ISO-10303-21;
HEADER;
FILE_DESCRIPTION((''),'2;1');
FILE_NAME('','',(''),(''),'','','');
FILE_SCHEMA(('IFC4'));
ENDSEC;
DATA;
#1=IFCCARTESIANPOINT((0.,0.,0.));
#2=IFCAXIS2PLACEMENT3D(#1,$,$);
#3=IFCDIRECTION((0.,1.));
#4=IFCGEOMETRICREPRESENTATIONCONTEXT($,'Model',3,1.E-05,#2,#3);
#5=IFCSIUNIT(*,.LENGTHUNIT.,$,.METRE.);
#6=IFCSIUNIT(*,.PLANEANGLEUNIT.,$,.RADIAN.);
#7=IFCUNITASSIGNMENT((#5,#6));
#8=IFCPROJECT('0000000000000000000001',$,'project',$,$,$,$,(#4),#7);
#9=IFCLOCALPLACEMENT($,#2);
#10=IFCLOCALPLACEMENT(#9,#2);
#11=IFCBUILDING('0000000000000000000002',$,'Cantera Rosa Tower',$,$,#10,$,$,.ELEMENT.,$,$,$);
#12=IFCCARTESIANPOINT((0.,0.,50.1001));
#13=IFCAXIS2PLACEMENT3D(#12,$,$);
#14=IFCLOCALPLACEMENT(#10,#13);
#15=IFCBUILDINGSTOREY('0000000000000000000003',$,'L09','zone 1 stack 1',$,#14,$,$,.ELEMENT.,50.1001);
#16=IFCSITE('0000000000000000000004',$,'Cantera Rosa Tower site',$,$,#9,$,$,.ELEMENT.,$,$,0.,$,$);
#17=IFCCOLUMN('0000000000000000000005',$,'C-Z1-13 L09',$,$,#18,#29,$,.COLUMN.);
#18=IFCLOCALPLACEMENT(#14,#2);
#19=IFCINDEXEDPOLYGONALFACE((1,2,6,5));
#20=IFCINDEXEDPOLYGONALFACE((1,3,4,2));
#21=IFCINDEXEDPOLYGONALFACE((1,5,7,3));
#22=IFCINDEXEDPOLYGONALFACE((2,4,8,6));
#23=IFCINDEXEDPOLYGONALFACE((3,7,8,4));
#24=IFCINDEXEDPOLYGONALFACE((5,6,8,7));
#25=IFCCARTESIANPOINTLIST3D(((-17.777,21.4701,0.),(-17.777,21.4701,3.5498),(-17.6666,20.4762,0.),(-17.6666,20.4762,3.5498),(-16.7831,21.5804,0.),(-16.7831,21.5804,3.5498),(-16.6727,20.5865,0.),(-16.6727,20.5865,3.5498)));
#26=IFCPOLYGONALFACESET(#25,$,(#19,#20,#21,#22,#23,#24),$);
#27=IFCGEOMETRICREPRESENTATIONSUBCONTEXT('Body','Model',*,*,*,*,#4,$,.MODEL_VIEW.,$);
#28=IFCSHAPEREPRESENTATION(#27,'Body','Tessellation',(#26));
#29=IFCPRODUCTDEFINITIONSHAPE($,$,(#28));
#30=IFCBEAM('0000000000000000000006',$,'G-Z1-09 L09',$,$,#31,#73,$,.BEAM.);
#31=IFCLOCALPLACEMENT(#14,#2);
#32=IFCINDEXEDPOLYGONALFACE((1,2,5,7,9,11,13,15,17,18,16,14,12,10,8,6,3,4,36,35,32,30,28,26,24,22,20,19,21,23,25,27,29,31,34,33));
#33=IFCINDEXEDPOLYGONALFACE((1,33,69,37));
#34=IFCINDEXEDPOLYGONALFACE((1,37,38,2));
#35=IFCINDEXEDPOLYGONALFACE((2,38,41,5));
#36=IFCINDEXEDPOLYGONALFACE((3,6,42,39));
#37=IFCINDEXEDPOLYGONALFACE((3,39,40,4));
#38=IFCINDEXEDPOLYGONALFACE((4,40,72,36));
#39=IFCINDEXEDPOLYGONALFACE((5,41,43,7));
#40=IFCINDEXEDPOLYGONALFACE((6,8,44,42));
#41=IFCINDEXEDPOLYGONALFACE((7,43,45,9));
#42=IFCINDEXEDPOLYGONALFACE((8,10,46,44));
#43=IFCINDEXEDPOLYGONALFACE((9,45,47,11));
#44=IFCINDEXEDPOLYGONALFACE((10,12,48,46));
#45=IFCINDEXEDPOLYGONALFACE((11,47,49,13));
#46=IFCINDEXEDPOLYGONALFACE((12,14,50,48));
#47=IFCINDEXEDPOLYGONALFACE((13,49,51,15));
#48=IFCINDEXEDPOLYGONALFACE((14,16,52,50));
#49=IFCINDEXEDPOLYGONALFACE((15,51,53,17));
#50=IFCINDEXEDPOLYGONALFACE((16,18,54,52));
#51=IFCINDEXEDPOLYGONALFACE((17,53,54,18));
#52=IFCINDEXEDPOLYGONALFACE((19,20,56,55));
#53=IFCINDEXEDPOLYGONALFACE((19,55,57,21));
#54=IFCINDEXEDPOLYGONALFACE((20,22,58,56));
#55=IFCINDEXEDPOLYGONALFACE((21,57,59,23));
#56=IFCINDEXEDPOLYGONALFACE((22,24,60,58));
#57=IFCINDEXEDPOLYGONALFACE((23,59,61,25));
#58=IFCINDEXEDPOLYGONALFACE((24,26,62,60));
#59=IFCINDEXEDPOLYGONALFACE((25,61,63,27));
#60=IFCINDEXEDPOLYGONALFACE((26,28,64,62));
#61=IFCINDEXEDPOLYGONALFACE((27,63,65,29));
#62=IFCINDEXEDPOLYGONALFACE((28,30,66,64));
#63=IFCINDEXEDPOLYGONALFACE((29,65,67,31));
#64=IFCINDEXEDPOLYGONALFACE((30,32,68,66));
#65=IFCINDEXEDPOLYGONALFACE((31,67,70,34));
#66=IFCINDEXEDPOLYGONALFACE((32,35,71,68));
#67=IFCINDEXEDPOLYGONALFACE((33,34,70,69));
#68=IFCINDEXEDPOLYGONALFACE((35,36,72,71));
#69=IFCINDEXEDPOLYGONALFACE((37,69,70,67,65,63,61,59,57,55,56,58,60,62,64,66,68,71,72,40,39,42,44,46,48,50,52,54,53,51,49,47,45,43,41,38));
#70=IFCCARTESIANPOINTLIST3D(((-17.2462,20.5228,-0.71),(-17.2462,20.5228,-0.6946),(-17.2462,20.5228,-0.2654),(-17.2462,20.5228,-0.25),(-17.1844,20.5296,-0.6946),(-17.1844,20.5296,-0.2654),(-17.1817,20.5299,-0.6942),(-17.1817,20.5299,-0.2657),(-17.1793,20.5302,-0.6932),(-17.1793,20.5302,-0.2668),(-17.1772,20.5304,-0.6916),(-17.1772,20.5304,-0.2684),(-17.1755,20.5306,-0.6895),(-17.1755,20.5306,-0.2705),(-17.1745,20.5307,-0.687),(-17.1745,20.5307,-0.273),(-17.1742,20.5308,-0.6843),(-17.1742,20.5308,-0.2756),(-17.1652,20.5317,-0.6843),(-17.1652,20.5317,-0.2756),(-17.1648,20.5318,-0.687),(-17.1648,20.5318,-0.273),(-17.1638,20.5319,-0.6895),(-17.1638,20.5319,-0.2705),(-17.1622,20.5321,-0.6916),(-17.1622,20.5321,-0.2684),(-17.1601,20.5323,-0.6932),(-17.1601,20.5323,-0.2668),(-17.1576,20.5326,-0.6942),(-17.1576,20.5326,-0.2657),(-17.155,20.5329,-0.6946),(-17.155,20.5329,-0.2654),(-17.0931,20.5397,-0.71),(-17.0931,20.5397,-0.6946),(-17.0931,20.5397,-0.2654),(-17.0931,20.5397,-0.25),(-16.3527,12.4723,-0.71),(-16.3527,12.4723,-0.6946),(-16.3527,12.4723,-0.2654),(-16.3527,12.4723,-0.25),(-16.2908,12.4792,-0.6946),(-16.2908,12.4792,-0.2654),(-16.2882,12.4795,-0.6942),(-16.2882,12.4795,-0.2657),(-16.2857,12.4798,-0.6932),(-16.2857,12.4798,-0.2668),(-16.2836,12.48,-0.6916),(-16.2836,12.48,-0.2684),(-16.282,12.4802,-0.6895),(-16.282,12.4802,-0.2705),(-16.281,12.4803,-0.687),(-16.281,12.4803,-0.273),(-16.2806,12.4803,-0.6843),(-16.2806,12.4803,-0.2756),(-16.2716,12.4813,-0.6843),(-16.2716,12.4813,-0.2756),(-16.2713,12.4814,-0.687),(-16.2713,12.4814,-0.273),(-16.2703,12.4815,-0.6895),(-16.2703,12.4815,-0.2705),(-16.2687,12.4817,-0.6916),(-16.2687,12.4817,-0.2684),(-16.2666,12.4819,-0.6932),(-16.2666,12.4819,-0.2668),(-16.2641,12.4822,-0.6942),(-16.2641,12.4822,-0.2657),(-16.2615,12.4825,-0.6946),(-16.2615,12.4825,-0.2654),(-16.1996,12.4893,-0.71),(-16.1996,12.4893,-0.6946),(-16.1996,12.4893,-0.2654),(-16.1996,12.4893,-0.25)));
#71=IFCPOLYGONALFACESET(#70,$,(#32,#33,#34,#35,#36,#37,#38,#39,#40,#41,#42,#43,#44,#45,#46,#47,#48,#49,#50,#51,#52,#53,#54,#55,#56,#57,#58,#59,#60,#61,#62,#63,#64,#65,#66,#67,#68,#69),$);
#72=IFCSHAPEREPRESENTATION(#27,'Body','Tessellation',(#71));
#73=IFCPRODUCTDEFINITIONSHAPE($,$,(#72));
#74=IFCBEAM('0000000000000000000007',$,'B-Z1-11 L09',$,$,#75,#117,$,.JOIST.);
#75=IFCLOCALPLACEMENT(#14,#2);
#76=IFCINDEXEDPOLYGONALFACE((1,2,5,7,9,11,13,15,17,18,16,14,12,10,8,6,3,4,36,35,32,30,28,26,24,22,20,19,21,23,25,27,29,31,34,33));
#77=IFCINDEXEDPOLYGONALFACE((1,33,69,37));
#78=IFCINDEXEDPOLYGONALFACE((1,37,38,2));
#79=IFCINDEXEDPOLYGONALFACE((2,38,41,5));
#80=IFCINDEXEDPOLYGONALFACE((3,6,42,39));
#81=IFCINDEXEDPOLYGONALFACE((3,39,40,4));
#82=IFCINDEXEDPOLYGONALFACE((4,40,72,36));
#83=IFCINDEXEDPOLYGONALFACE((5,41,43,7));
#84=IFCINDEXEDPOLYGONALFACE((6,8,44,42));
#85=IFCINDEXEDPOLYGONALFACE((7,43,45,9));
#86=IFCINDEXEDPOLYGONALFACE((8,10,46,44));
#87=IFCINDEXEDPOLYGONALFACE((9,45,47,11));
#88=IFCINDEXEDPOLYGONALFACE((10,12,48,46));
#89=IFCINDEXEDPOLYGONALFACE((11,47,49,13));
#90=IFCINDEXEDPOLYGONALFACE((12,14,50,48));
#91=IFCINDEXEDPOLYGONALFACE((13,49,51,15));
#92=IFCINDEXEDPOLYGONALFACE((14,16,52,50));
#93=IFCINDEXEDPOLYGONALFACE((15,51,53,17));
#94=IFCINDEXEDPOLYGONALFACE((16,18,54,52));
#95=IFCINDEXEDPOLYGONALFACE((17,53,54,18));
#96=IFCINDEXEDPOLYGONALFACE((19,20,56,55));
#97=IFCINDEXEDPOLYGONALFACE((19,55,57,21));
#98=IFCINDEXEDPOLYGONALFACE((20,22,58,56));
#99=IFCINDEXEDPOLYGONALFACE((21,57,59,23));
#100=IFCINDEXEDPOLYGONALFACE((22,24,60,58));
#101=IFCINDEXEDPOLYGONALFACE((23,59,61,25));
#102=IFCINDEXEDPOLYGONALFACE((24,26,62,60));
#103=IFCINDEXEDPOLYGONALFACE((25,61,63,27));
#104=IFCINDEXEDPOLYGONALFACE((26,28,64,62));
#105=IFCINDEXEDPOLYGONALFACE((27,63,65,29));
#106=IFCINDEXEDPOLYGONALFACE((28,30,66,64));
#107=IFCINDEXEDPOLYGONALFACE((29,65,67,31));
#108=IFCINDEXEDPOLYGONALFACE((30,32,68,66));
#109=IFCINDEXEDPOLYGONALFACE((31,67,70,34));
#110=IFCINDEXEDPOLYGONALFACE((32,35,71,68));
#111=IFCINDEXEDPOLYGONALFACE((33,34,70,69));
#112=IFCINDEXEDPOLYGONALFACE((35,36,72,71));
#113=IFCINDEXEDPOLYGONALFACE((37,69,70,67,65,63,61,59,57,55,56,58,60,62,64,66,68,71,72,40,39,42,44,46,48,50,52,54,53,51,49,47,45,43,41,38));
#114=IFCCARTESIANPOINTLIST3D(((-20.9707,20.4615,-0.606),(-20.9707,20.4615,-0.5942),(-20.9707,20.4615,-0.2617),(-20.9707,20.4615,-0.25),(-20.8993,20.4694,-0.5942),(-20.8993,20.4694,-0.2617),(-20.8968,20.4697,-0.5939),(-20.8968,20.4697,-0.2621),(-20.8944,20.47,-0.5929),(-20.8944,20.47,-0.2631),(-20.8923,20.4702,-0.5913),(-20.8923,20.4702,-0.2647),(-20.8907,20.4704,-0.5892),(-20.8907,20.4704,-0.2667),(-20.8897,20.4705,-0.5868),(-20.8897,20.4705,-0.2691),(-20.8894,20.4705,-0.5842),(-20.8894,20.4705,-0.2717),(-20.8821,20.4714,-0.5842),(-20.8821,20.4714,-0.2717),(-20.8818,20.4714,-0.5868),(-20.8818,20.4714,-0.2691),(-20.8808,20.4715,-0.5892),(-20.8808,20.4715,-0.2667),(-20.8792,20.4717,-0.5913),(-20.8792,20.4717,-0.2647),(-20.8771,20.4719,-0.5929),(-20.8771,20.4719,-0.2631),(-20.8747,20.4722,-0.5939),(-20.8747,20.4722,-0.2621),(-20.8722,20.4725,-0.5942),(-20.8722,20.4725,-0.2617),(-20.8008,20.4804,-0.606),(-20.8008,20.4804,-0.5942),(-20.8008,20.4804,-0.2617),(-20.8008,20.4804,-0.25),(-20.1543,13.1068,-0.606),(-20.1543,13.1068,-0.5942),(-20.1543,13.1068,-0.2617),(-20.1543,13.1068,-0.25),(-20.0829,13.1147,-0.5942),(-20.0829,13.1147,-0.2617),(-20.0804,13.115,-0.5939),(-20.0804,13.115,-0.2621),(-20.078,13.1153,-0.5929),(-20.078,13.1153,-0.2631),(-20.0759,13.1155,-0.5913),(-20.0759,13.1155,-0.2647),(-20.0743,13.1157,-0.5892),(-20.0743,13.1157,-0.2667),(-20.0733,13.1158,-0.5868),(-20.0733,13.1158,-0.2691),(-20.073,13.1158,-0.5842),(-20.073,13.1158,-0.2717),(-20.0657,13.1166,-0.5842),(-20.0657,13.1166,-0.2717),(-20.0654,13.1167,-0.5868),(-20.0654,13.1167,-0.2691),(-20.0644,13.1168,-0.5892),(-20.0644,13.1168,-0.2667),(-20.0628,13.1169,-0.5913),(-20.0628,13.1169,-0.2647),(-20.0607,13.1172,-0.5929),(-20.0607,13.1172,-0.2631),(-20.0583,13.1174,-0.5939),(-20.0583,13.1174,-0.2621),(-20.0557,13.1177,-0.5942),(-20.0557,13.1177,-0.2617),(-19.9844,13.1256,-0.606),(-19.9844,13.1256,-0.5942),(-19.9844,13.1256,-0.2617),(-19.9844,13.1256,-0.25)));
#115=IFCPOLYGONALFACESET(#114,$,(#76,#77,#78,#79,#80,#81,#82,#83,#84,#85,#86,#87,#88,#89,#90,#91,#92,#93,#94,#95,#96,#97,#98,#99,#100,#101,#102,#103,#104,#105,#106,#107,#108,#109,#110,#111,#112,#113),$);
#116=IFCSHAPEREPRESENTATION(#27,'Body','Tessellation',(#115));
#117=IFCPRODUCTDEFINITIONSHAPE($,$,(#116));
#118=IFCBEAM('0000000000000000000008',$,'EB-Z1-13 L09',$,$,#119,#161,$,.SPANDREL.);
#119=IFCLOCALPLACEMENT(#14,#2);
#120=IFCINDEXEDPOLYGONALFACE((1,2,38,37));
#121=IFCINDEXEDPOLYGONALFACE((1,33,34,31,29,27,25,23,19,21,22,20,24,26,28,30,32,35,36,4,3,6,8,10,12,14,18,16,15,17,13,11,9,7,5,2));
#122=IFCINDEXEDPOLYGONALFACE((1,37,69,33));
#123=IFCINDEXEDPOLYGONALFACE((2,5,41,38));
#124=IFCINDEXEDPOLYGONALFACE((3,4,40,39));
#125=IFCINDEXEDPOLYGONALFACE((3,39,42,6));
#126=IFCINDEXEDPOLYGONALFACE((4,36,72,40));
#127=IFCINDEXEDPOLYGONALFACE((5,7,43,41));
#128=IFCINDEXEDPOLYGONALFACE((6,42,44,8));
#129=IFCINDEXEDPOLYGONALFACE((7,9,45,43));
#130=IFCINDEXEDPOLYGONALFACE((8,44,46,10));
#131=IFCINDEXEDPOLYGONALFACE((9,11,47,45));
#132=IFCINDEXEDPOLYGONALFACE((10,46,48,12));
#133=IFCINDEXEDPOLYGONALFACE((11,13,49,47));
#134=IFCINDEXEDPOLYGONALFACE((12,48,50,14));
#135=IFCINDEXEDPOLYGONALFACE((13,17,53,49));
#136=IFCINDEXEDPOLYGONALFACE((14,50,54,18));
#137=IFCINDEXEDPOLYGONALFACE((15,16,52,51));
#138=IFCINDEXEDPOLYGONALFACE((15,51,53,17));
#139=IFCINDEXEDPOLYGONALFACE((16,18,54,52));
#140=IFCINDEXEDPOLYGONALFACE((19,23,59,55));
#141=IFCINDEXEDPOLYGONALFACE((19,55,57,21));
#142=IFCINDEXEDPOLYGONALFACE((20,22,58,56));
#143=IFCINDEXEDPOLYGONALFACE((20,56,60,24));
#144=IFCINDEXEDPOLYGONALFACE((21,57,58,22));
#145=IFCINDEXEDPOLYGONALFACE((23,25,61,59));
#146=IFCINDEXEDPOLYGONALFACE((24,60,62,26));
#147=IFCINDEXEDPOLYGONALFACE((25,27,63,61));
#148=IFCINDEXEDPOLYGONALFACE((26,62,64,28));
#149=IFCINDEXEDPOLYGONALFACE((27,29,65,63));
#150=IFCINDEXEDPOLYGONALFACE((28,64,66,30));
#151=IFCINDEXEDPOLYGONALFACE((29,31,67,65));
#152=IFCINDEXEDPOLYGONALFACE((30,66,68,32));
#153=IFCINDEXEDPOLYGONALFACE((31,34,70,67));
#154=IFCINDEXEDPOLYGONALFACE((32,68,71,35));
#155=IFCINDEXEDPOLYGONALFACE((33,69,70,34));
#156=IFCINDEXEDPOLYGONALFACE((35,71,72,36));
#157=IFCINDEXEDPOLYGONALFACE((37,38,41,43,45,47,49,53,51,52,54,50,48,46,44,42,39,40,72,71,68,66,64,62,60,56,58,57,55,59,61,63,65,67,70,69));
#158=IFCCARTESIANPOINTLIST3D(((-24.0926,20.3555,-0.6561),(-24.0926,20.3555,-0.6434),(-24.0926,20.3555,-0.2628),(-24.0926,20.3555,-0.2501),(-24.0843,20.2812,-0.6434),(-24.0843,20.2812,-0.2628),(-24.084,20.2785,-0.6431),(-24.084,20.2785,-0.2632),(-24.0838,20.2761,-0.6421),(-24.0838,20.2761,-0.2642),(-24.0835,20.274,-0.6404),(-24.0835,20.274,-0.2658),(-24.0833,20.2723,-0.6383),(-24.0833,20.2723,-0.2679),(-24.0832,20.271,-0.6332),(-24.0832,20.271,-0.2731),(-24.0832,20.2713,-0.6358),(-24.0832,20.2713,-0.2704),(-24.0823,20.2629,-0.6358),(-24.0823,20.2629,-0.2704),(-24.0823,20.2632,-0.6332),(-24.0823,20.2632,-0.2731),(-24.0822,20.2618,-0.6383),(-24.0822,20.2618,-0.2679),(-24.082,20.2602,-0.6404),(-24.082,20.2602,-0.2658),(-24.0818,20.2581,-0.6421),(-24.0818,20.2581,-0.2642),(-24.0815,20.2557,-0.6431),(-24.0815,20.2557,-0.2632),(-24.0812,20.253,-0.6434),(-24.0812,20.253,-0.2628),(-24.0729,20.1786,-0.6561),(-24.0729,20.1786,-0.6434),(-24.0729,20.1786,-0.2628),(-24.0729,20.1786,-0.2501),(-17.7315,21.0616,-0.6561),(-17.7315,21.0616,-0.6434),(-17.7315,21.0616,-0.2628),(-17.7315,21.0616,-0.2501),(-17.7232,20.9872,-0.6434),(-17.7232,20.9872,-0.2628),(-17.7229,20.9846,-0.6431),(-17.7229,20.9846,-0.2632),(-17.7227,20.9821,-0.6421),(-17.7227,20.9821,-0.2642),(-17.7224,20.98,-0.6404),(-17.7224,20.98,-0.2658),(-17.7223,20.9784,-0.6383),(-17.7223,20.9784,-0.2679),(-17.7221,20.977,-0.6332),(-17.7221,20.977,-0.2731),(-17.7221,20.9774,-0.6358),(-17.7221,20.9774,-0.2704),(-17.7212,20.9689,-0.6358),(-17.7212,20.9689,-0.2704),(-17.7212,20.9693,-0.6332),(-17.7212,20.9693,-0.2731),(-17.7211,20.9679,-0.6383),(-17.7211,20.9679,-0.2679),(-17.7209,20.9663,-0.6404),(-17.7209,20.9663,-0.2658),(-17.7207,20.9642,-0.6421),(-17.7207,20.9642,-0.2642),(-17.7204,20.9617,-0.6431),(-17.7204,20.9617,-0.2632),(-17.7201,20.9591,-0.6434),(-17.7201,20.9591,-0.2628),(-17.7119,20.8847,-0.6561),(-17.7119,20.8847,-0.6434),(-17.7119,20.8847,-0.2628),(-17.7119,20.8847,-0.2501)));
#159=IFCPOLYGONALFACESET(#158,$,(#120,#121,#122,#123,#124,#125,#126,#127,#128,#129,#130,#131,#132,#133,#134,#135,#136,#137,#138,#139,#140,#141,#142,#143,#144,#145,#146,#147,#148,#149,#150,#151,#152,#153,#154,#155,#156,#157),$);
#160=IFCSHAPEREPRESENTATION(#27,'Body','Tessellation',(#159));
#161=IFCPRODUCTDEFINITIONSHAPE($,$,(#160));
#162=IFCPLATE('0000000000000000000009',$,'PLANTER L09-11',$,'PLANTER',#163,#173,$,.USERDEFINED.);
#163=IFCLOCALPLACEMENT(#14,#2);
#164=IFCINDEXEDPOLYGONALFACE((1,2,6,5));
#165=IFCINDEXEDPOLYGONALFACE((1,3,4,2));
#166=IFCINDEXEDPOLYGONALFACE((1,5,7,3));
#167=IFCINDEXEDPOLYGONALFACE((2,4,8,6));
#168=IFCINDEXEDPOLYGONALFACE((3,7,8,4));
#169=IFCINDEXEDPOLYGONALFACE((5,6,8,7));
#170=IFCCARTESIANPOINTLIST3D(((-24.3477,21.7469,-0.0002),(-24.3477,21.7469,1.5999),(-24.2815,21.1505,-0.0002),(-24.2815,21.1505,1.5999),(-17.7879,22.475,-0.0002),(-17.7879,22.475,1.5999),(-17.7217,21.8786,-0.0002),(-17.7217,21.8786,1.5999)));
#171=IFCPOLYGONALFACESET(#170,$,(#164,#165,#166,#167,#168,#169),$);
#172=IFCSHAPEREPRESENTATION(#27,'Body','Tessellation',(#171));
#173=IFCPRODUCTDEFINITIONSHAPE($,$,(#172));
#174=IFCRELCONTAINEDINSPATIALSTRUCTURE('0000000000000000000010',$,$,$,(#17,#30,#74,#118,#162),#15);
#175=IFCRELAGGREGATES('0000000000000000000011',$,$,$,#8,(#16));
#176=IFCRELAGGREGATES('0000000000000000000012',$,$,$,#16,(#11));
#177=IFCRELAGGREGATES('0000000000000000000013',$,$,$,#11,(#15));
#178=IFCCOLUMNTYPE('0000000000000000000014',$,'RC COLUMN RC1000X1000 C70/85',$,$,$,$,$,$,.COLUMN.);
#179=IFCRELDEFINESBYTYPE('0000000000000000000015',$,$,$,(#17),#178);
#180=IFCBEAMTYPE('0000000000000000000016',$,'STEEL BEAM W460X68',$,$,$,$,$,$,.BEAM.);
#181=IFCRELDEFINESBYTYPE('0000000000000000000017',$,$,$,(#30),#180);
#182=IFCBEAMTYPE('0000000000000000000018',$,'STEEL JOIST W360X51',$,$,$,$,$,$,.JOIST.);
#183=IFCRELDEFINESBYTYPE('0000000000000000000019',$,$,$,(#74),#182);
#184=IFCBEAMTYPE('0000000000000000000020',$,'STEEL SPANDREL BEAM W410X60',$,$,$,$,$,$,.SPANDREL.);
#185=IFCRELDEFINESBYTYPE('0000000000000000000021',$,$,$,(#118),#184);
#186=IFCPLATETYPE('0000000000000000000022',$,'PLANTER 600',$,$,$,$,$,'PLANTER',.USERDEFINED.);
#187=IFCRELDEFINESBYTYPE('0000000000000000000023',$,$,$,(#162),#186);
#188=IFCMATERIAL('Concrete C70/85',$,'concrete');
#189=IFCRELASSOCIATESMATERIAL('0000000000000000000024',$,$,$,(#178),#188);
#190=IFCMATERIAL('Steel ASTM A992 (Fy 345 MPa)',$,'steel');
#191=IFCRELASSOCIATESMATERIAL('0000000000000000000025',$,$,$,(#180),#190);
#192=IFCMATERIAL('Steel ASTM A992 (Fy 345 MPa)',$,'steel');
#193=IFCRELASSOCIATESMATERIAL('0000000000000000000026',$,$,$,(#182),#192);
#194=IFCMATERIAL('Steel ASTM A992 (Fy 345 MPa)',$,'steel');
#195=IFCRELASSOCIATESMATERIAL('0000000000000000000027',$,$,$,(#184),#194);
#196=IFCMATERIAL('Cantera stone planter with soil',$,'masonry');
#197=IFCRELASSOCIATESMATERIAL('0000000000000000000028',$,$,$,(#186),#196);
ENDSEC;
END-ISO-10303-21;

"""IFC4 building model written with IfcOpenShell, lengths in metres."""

from ifc_helpers import new_model, si_unit, direction, frame, origin, origin_2d, place, context, subcontext, project, spatial, rectangle, i_section, extrude, material, material_profile, profile_set, type_object, element, save


model = new_model("IFC4")

# Units and contexts
model_context = context("Model", 3, precision=1e-05, world=origin(), true_north=direction((0.0, 1.0)))
body_context = subcontext(model_context, "Body", "Model", "MODEL_VIEW")
ifc_project = project(units=[si_unit("LENGTHUNIT", "METRE"), si_unit("PLANEANGLEUNIT", "RADIAN")], contexts=[model_context])

# Site, building, storey
site_placement = place(None, origin())
site = spatial("IfcSite", under=ifc_project, at=site_placement, Name="Cantera Rosa Tower site", CompositionType="ELEMENT", RefElevation=0.0)
building_placement = place(site_placement, origin())
building = spatial("IfcBuilding", under=site, at=building_placement, Name="Cantera Rosa Tower", CompositionType="ELEMENT")
storey_placement = place(building_placement, frame((0.0, 0.0, 50.1001)))
storey = spatial("IfcBuildingStorey", under=building, at=storey_placement, Name="L09", Description="zone 1 stack 1", CompositionType="ELEMENT", Elevation=50.1001)

# Column
ifc_material_1 = material(Name="Concrete C70/85", Category="concrete")
ifc_material_profile_1 = material_profile(ifc_material_1, rectangle(XDim=1.0, YDim=1.0, at=origin_2d()), Name="RC COLUMN RC1000X1000 C70/85")
ifc_profile_set_1 = profile_set([ifc_material_profile_1], Name="Concrete C70/85")
column_type = type_object("IfcColumnType", Name="RC COLUMN RC1000X1000 C70/85", PredefinedType="COLUMN", material=ifc_profile_set_1)
column_placement = place(storey_placement, frame((-17.2249, 21.0283, 0.0), z_axis=(0.0, 0.0, 1.0), x_axis=(0.993897, 0.110313, 0.0)))
element("IfcColumn", 1, at=column_placement, inside=storey, type_object=column_type, Name="C-Z1-13 L09", PredefinedType="COLUMN", context=body_context, shape_type="SweptSolid", body=[
    extrude(rectangle(XDim=1.0, YDim=1.0, at=origin_2d()), origin(), (0.0, 0.0, 1.0), 3.5498),
])

# Beams
ifc_material_2 = material(Name="Steel ASTM A992 (Fy 345 MPa)", Category="steel")
ifc_material_profile_2 = material_profile(ifc_material_2, i_section(OverallWidth=0.1541, OverallDepth=0.46, WebThickness=0.009, FlangeThickness=0.0154, FilletRadius=0.0103, at=origin_2d()), Name="W460X68")
ifc_profile_set_2 = profile_set([ifc_material_profile_2], Name="Steel ASTM A992 (Fy 345 MPa)")
beam_type_1 = type_object("IfcBeamType", Name="STEEL BEAM W460X68", PredefinedType="BEAM", material=ifc_profile_set_2)
beam_1_placement = place(storey_placement, frame((-17.1697, 20.5312, -0.48), z_axis=(0.110316, -0.993897, 0.0), x_axis=(0.993897, 0.110316, 0.0)))
element("IfcBeam", 2, at=beam_1_placement, inside=storey, type_object=beam_type_1, Name="G-Z1-09 L09", PredefinedType="BEAM", context=body_context, shape_type="SweptSolid", body=[
    extrude(i_section(OverallWidth=0.1541, OverallDepth=0.46, WebThickness=0.009, FlangeThickness=0.0154, FilletRadius=0.0103, at=origin_2d()), origin(), (0.0, 0.0, 1.0), 8.0999),
])
ifc_material_3 = material(Name="Steel ASTM A992 (Fy 345 MPa)", Category="steel")
ifc_material_profile_3 = material_profile(ifc_material_3, i_section(OverallWidth=0.1709, OverallDepth=0.356, WebThickness=0.0073, FlangeThickness=0.0117, FilletRadius=0.01, at=origin_2d()), Name="W360X51")
ifc_profile_set_3 = profile_set([ifc_material_profile_3], Name="Steel ASTM A992 (Fy 345 MPa)")
beam_type_2 = type_object("IfcBeamType", Name="STEEL JOIST W360X51", PredefinedType="JOIST", material=ifc_profile_set_3)
beam_2_placement = place(storey_placement, frame((-20.8857, 20.4709, -0.428), z_axis=(0.110327, -0.993895, 0.0), x_axis=(0.993895, 0.110327, 0.0)))
element("IfcBeam", 3, at=beam_2_placement, inside=storey, type_object=beam_type_2, Name="B-Z1-11 L09", PredefinedType="JOIST", context=body_context, shape_type="SweptSolid", body=[
    extrude(i_section(OverallWidth=0.1709, OverallDepth=0.356, WebThickness=0.0073, FlangeThickness=0.0117, FilletRadius=0.01, at=origin_2d()), origin(), (0.0, 0.0, 1.0), 7.3999),
])
ifc_material_4 = material(Name="Steel ASTM A992 (Fy 345 MPa)", Category="steel")
ifc_material_profile_4 = material_profile(ifc_material_4, i_section(OverallWidth=0.178, OverallDepth=0.406, WebThickness=0.0078, FlangeThickness=0.0127, FilletRadius=0.0103, at=origin_2d()), Name="W410X60")
ifc_profile_set_4 = profile_set([ifc_material_profile_4], Name="Steel ASTM A992 (Fy 345 MPa)")
beam_type_3 = type_object("IfcBeamType", Name="STEEL SPANDREL BEAM W410X60", PredefinedType="SPANDREL", material=ifc_profile_set_4)
beam_3_placement = place(storey_placement, frame((-17.7217, 20.9731, -0.4531), z_axis=(-0.993896, -0.110318, 0.0), x_axis=(0.110318, -0.993896, 0.0)))
element("IfcBeam", 4, at=beam_3_placement, inside=storey, type_object=beam_type_3, Name="EB-Z1-13 L09", PredefinedType="SPANDREL", context=body_context, shape_type="SweptSolid", body=[
    extrude(i_section(OverallWidth=0.178, OverallDepth=0.406, WebThickness=0.0078, FlangeThickness=0.0127, FilletRadius=0.0103, at=origin_2d()), origin(), (0.0, 0.0, 1.0), 6.4001),
])

# Plate
ifc_material_5 = material(Name="Cantera stone planter with soil", Category="masonry")
plate_type = type_object("IfcPlateType", Name="PLANTER 600", ElementType="PLANTER", PredefinedType="USERDEFINED", material=ifc_material_5)
plate_placement = place(storey_placement, frame((-21.0347, 21.8127, -0.0002), z_axis=(0.0, 0.0, 1.0), x_axis=(-0.993897, -0.110313, 0.0)))
element("IfcPlate", 5, at=plate_placement, inside=storey, type_object=plate_type, Name="PLANTER L09-11", ObjectType="PLANTER", PredefinedType="USERDEFINED", context=body_context, shape_type="SweptSolid", body=[
    extrude(rectangle(XDim=6.6001, YDim=0.6001, at=origin_2d()), origin(), (0.0, 0.0, 1.0), 1.6001),
])

save(model, "model.ifc")
